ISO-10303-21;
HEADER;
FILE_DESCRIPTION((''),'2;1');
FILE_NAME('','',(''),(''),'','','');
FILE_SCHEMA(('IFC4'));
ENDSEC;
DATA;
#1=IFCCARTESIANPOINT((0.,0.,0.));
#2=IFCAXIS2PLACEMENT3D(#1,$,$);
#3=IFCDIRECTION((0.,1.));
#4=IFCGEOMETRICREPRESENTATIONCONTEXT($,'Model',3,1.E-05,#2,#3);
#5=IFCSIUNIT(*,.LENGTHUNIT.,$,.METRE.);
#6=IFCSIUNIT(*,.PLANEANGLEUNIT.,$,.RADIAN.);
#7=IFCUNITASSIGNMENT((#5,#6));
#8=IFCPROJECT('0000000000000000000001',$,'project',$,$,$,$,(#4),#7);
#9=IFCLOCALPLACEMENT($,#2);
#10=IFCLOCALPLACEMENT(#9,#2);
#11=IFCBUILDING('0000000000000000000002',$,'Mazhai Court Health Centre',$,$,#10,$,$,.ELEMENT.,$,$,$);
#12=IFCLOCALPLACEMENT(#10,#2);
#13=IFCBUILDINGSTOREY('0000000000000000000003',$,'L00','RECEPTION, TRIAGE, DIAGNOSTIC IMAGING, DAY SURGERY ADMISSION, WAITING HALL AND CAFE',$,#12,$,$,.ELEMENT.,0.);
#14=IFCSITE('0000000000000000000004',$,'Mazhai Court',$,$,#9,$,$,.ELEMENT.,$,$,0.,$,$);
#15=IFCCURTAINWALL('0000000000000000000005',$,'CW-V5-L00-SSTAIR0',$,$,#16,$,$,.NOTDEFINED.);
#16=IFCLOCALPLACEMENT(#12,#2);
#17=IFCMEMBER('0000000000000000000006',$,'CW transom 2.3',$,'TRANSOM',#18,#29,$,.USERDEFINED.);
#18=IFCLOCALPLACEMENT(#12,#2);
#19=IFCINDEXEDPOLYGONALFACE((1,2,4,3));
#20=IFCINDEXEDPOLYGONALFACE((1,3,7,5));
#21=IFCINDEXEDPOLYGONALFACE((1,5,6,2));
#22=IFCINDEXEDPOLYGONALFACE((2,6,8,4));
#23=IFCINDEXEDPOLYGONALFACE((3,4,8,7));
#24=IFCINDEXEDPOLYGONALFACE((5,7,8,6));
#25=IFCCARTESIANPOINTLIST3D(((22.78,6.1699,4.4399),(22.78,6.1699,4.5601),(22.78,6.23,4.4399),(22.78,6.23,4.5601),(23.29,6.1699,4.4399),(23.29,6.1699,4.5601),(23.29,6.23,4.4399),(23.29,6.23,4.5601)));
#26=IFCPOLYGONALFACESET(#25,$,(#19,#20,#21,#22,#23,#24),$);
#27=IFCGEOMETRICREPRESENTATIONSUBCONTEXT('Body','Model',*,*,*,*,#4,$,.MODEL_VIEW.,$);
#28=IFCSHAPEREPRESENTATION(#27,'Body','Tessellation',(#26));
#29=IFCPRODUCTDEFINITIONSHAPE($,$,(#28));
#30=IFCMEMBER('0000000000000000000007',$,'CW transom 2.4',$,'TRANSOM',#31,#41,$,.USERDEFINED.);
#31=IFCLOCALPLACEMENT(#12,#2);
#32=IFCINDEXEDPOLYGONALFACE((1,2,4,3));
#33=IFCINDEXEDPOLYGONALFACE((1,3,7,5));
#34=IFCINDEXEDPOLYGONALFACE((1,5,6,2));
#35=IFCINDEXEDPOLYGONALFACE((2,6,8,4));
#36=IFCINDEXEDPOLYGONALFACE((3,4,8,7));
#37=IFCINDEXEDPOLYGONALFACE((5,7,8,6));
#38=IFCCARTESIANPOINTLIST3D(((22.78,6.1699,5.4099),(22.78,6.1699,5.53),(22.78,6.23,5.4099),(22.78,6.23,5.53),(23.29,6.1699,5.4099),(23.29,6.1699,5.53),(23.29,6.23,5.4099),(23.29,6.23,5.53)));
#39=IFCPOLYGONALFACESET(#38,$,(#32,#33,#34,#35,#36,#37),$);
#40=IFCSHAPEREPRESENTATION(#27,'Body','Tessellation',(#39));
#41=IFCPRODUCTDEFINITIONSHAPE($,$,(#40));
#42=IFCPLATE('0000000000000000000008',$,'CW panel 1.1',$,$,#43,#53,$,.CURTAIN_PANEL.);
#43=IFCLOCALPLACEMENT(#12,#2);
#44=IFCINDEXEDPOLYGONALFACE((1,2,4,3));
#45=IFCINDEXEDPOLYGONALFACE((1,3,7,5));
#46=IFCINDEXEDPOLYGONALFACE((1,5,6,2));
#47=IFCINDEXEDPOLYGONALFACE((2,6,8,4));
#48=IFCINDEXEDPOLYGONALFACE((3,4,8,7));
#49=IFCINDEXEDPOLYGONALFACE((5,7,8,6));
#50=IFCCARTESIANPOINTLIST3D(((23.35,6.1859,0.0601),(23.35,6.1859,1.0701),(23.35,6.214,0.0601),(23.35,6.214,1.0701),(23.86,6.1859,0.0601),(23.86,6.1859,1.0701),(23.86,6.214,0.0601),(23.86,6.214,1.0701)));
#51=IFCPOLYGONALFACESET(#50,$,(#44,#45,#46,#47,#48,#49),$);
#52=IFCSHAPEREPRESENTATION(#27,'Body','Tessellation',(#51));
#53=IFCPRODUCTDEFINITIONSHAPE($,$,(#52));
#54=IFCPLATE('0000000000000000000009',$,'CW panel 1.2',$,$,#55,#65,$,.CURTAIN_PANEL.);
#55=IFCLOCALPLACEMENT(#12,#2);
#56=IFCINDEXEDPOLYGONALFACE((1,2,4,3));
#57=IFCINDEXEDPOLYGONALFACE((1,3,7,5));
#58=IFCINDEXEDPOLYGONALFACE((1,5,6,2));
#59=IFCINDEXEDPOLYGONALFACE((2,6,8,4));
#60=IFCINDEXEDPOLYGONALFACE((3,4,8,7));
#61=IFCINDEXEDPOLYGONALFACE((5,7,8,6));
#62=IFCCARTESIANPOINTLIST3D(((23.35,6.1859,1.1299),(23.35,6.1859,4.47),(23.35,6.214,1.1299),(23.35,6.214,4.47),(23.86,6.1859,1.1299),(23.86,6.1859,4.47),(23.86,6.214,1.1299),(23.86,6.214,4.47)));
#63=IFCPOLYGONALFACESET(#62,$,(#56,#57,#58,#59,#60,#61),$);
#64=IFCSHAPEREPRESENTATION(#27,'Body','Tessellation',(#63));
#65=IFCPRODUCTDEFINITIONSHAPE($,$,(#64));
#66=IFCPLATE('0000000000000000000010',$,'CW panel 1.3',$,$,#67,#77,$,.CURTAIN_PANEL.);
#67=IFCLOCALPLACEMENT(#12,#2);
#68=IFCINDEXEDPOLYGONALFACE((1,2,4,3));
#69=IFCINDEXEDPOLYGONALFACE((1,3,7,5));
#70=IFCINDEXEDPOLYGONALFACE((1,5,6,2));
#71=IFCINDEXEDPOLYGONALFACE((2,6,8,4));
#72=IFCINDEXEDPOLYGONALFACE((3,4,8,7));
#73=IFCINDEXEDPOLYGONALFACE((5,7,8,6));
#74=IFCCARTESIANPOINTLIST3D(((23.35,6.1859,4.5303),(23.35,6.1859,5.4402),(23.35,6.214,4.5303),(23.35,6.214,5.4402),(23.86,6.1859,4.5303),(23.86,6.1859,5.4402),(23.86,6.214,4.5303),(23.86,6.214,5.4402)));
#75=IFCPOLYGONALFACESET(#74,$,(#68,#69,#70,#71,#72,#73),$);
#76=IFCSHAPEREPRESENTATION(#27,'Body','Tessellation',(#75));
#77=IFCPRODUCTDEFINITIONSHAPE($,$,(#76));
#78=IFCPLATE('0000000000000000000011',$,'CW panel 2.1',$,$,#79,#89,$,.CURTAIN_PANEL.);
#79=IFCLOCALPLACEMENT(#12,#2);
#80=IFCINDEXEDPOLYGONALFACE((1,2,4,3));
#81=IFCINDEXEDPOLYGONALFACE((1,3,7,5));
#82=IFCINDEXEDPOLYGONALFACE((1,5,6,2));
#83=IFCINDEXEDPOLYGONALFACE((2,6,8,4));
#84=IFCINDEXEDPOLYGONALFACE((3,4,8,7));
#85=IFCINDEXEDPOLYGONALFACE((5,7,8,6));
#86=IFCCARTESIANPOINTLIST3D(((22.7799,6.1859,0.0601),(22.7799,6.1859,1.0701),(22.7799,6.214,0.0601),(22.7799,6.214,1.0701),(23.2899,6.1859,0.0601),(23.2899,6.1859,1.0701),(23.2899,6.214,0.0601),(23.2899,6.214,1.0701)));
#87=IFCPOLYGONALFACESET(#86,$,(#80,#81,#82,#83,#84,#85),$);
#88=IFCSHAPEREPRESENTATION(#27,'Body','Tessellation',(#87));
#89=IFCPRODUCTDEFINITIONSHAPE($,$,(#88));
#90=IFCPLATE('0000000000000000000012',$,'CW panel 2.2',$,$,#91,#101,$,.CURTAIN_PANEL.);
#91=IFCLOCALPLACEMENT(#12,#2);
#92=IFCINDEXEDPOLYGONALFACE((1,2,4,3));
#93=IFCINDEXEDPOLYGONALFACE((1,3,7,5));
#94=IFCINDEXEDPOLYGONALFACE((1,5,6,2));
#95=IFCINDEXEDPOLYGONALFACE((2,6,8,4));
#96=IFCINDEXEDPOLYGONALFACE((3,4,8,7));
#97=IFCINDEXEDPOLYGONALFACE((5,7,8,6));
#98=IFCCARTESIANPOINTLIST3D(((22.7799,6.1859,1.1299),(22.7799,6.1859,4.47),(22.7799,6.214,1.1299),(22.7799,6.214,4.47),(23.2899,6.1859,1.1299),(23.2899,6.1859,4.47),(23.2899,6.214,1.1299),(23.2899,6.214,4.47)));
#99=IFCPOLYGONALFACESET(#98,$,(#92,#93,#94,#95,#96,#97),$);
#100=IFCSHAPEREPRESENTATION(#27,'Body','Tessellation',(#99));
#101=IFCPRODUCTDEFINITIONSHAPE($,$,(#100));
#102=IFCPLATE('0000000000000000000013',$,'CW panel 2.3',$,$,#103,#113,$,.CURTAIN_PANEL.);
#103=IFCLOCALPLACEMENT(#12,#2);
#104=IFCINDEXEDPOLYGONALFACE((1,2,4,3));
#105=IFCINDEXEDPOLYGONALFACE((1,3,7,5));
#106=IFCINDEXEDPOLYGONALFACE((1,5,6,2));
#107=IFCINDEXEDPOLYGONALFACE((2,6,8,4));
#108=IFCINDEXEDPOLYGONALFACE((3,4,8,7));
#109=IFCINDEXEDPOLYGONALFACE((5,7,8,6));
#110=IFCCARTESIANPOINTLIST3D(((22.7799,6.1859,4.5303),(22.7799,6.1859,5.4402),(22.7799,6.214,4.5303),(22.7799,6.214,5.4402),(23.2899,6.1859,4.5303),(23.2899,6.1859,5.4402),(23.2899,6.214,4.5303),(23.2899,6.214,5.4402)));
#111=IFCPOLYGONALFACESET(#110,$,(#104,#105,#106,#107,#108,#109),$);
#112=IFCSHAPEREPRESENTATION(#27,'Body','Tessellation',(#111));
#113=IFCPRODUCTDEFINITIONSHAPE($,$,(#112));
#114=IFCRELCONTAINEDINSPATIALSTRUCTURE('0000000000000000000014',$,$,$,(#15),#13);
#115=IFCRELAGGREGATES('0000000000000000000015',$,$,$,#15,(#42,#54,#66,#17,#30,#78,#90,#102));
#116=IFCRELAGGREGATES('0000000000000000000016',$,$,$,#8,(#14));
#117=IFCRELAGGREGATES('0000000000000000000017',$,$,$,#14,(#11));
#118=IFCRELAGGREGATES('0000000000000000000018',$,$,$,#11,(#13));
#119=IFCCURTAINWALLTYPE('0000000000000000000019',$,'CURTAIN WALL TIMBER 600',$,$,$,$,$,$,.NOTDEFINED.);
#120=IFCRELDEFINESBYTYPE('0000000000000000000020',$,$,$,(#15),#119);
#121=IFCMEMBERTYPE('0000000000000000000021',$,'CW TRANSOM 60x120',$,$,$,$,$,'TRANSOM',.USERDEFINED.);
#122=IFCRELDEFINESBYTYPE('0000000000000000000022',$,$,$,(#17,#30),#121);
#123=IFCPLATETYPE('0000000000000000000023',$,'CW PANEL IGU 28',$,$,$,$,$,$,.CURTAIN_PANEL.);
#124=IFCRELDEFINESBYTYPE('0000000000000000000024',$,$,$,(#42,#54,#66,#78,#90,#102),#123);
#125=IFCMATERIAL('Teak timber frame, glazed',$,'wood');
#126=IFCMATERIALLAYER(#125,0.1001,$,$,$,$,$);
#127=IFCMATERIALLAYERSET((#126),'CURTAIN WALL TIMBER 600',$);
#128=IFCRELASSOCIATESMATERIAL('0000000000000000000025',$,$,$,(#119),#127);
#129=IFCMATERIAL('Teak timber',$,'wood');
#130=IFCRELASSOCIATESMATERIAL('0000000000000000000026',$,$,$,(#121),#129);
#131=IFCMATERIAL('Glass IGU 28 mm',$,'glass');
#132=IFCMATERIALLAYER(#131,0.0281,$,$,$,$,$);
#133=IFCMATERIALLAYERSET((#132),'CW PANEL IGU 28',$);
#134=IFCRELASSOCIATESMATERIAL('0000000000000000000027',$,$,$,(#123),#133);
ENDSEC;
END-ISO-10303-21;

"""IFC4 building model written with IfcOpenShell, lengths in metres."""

from ifc_helpers import new_model, si_unit, direction, frame, origin, origin_2d, place, context, subcontext, project, spatial, rectangle, extrude, material, layer, layer_set, material_profile, profile_set, type_object, element, aggregate, save


model = new_model("IFC4")

# Units and contexts
model_context = context("Model", 3, precision=1e-05, world=origin(), true_north=direction((0.0, 1.0)))
body_context = subcontext(model_context, "Body", "Model", "MODEL_VIEW")
ifc_project = project(units=[si_unit("LENGTHUNIT", "METRE"), si_unit("PLANEANGLEUNIT", "RADIAN")], contexts=[model_context])

# Site, building, storey
site_placement = place(None, origin())
site = spatial("IfcSite", under=ifc_project, at=site_placement, Name="Mazhai Court", CompositionType="ELEMENT", RefElevation=0.0)
building_placement = place(site_placement, origin())
building = spatial("IfcBuilding", under=site, at=building_placement, Name="Mazhai Court Health Centre", CompositionType="ELEMENT")
storey_placement = place(building_placement, origin())
storey = spatial("IfcBuildingStorey", under=building, at=storey_placement, Name="L00", Description="RECEPTION, TRIAGE, DIAGNOSTIC IMAGING, DAY SURGERY ADMISSION, WAITING HALL AND CAFE", CompositionType="ELEMENT", Elevation=0.0)

# Curtain wall, members, plates
ifc_material_1 = material(Name="Teak timber frame, glazed", Category="wood")
ifc_layer_1 = layer(ifc_material_1, 0.1001)
ifc_layer_set_1 = layer_set([ifc_layer_1], Name="CURTAIN WALL TIMBER 600")
curtain_wall_type = type_object("IfcCurtainWallType", Name="CURTAIN WALL TIMBER 600", PredefinedType="NOTDEFINED", material=ifc_layer_set_1)
curtain_wall_placement = place(storey_placement, origin())
curtain_wall = element("IfcCurtainWall", 1, at=curtain_wall_placement, inside=storey, type_object=curtain_wall_type, Name="CW-V5-L00-SSTAIR0", PredefinedType="NOTDEFINED")
ifc_material_2 = material(Name="Teak timber", Category="wood")
ifc_material_profile_1 = material_profile(ifc_material_2, rectangle(XDim=0.0601, YDim=0.1201, at=origin_2d()), Name="CW TRANSOM 60x120")
ifc_profile_set_1 = profile_set([ifc_material_profile_1], Name="Teak timber")
member_type_1 = type_object("IfcMemberType", Name="CW TRANSOM 60x120", ElementType="TRANSOM", PredefinedType="USERDEFINED", material=ifc_profile_set_1)
member_1_placement = place(storey_placement, frame((23.29, 6.2, 4.5), z_axis=(-1.0, 0.0, 0.0), x_axis=(0.0, -1.0, 0.0)))
member_1 = element("IfcMember", 2, at=member_1_placement, type_object=member_type_1, Name="CW transom 2.3", ObjectType="TRANSOM", PredefinedType="USERDEFINED", context=body_context, shape_type="SweptSolid", body=[
    extrude(rectangle(XDim=0.0601, YDim=0.1201, at=origin_2d()), origin(), (0.0, 0.0, 1.0), 0.51),
])
member_2_placement = place(storey_placement, frame((23.29, 6.2, 5.47), z_axis=(-1.0, 0.0, 0.0), x_axis=(0.0, -1.0, 0.0)))
member_2 = element("IfcMember", 3, at=member_2_placement, type_object=member_type_1, Name="CW transom 2.4", ObjectType="TRANSOM", PredefinedType="USERDEFINED", context=body_context, shape_type="SweptSolid", body=[
    extrude(rectangle(XDim=0.0601, YDim=0.1201, at=origin_2d()), origin(), (0.0, 0.0, 1.0), 0.51),
])
ifc_material_3 = material(Name="Glass IGU 28 mm", Category="glass")
ifc_layer_2 = layer(ifc_material_3, 0.0281)
ifc_layer_set_2 = layer_set([ifc_layer_2], Name="CW PANEL IGU 28")
plate_type = type_object("IfcPlateType", Name="CW PANEL IGU 28", PredefinedType="CURTAIN_PANEL", material=ifc_layer_set_2)
plate_1_placement = place(storey_placement, frame((23.605, 6.2, 0.0601), z_axis=(0.0, 0.0, 1.0), x_axis=(-1.0, 0.0, 0.0)))
plate_1 = element("IfcPlate", 4, at=plate_1_placement, type_object=plate_type, Name="CW panel 1.1", PredefinedType="CURTAIN_PANEL", context=body_context, shape_type="SweptSolid", body=[
    extrude(rectangle(XDim=0.51, YDim=0.0281, at=origin_2d()), origin(), (0.0, 0.0, 1.0), 1.01),
])
plate_2_placement = place(storey_placement, frame((23.605, 6.2, 1.1299), z_axis=(0.0, 0.0, 1.0), x_axis=(-1.0, 0.0, 0.0)))
plate_2 = element("IfcPlate", 5, at=plate_2_placement, type_object=plate_type, Name="CW panel 1.2", PredefinedType="CURTAIN_PANEL", context=body_context, shape_type="SweptSolid", body=[
    extrude(rectangle(XDim=0.51, YDim=0.0281, at=origin_2d()), origin(), (0.0, 0.0, 1.0), 3.3401),
])
plate_3_placement = place(storey_placement, frame((23.605, 6.2, 4.5303), z_axis=(0.0, 0.0, 1.0), x_axis=(-1.0, 0.0, 0.0)))
plate_3 = element("IfcPlate", 6, at=plate_3_placement, type_object=plate_type, Name="CW panel 1.3", PredefinedType="CURTAIN_PANEL", context=body_context, shape_type="SweptSolid", body=[
    extrude(rectangle(XDim=0.51, YDim=0.0281, at=origin_2d()), origin(), (0.0, 0.0, 1.0), 0.9099),
])
plate_4_placement = place(storey_placement, frame((23.0349, 6.2, 0.0601), z_axis=(0.0, 0.0, 1.0), x_axis=(-1.0, 0.0, 0.0)))
plate_4 = element("IfcPlate", 7, at=plate_4_placement, type_object=plate_type, Name="CW panel 2.1", PredefinedType="CURTAIN_PANEL", context=body_context, shape_type="SweptSolid", body=[
    extrude(rectangle(XDim=0.51, YDim=0.0281, at=origin_2d()), origin(), (0.0, 0.0, 1.0), 1.01),
])
plate_5_placement = place(storey_placement, frame((23.0349, 6.2, 1.1299), z_axis=(0.0, 0.0, 1.0), x_axis=(-1.0, 0.0, 0.0)))
plate_5 = element("IfcPlate", 8, at=plate_5_placement, type_object=plate_type, Name="CW panel 2.2", PredefinedType="CURTAIN_PANEL", context=body_context, shape_type="SweptSolid", body=[
    extrude(rectangle(XDim=0.51, YDim=0.0281, at=origin_2d()), origin(), (0.0, 0.0, 1.0), 3.3401),
])
plate_6_placement = place(storey_placement, frame((23.0349, 6.2, 4.5303), z_axis=(0.0, 0.0, 1.0), x_axis=(-1.0, 0.0, 0.0)))
plate_6 = element("IfcPlate", 9, at=plate_6_placement, type_object=plate_type, Name="CW panel 2.3", PredefinedType="CURTAIN_PANEL", context=body_context, shape_type="SweptSolid", body=[
    extrude(rectangle(XDim=0.51, YDim=0.0281, at=origin_2d()), origin(), (0.0, 0.0, 1.0), 0.9099),
])
aggregate(curtain_wall, [plate_1, plate_2, plate_3, member_1, member_2, plate_4, plate_5, plate_6])

save(model, "model.ifc")
